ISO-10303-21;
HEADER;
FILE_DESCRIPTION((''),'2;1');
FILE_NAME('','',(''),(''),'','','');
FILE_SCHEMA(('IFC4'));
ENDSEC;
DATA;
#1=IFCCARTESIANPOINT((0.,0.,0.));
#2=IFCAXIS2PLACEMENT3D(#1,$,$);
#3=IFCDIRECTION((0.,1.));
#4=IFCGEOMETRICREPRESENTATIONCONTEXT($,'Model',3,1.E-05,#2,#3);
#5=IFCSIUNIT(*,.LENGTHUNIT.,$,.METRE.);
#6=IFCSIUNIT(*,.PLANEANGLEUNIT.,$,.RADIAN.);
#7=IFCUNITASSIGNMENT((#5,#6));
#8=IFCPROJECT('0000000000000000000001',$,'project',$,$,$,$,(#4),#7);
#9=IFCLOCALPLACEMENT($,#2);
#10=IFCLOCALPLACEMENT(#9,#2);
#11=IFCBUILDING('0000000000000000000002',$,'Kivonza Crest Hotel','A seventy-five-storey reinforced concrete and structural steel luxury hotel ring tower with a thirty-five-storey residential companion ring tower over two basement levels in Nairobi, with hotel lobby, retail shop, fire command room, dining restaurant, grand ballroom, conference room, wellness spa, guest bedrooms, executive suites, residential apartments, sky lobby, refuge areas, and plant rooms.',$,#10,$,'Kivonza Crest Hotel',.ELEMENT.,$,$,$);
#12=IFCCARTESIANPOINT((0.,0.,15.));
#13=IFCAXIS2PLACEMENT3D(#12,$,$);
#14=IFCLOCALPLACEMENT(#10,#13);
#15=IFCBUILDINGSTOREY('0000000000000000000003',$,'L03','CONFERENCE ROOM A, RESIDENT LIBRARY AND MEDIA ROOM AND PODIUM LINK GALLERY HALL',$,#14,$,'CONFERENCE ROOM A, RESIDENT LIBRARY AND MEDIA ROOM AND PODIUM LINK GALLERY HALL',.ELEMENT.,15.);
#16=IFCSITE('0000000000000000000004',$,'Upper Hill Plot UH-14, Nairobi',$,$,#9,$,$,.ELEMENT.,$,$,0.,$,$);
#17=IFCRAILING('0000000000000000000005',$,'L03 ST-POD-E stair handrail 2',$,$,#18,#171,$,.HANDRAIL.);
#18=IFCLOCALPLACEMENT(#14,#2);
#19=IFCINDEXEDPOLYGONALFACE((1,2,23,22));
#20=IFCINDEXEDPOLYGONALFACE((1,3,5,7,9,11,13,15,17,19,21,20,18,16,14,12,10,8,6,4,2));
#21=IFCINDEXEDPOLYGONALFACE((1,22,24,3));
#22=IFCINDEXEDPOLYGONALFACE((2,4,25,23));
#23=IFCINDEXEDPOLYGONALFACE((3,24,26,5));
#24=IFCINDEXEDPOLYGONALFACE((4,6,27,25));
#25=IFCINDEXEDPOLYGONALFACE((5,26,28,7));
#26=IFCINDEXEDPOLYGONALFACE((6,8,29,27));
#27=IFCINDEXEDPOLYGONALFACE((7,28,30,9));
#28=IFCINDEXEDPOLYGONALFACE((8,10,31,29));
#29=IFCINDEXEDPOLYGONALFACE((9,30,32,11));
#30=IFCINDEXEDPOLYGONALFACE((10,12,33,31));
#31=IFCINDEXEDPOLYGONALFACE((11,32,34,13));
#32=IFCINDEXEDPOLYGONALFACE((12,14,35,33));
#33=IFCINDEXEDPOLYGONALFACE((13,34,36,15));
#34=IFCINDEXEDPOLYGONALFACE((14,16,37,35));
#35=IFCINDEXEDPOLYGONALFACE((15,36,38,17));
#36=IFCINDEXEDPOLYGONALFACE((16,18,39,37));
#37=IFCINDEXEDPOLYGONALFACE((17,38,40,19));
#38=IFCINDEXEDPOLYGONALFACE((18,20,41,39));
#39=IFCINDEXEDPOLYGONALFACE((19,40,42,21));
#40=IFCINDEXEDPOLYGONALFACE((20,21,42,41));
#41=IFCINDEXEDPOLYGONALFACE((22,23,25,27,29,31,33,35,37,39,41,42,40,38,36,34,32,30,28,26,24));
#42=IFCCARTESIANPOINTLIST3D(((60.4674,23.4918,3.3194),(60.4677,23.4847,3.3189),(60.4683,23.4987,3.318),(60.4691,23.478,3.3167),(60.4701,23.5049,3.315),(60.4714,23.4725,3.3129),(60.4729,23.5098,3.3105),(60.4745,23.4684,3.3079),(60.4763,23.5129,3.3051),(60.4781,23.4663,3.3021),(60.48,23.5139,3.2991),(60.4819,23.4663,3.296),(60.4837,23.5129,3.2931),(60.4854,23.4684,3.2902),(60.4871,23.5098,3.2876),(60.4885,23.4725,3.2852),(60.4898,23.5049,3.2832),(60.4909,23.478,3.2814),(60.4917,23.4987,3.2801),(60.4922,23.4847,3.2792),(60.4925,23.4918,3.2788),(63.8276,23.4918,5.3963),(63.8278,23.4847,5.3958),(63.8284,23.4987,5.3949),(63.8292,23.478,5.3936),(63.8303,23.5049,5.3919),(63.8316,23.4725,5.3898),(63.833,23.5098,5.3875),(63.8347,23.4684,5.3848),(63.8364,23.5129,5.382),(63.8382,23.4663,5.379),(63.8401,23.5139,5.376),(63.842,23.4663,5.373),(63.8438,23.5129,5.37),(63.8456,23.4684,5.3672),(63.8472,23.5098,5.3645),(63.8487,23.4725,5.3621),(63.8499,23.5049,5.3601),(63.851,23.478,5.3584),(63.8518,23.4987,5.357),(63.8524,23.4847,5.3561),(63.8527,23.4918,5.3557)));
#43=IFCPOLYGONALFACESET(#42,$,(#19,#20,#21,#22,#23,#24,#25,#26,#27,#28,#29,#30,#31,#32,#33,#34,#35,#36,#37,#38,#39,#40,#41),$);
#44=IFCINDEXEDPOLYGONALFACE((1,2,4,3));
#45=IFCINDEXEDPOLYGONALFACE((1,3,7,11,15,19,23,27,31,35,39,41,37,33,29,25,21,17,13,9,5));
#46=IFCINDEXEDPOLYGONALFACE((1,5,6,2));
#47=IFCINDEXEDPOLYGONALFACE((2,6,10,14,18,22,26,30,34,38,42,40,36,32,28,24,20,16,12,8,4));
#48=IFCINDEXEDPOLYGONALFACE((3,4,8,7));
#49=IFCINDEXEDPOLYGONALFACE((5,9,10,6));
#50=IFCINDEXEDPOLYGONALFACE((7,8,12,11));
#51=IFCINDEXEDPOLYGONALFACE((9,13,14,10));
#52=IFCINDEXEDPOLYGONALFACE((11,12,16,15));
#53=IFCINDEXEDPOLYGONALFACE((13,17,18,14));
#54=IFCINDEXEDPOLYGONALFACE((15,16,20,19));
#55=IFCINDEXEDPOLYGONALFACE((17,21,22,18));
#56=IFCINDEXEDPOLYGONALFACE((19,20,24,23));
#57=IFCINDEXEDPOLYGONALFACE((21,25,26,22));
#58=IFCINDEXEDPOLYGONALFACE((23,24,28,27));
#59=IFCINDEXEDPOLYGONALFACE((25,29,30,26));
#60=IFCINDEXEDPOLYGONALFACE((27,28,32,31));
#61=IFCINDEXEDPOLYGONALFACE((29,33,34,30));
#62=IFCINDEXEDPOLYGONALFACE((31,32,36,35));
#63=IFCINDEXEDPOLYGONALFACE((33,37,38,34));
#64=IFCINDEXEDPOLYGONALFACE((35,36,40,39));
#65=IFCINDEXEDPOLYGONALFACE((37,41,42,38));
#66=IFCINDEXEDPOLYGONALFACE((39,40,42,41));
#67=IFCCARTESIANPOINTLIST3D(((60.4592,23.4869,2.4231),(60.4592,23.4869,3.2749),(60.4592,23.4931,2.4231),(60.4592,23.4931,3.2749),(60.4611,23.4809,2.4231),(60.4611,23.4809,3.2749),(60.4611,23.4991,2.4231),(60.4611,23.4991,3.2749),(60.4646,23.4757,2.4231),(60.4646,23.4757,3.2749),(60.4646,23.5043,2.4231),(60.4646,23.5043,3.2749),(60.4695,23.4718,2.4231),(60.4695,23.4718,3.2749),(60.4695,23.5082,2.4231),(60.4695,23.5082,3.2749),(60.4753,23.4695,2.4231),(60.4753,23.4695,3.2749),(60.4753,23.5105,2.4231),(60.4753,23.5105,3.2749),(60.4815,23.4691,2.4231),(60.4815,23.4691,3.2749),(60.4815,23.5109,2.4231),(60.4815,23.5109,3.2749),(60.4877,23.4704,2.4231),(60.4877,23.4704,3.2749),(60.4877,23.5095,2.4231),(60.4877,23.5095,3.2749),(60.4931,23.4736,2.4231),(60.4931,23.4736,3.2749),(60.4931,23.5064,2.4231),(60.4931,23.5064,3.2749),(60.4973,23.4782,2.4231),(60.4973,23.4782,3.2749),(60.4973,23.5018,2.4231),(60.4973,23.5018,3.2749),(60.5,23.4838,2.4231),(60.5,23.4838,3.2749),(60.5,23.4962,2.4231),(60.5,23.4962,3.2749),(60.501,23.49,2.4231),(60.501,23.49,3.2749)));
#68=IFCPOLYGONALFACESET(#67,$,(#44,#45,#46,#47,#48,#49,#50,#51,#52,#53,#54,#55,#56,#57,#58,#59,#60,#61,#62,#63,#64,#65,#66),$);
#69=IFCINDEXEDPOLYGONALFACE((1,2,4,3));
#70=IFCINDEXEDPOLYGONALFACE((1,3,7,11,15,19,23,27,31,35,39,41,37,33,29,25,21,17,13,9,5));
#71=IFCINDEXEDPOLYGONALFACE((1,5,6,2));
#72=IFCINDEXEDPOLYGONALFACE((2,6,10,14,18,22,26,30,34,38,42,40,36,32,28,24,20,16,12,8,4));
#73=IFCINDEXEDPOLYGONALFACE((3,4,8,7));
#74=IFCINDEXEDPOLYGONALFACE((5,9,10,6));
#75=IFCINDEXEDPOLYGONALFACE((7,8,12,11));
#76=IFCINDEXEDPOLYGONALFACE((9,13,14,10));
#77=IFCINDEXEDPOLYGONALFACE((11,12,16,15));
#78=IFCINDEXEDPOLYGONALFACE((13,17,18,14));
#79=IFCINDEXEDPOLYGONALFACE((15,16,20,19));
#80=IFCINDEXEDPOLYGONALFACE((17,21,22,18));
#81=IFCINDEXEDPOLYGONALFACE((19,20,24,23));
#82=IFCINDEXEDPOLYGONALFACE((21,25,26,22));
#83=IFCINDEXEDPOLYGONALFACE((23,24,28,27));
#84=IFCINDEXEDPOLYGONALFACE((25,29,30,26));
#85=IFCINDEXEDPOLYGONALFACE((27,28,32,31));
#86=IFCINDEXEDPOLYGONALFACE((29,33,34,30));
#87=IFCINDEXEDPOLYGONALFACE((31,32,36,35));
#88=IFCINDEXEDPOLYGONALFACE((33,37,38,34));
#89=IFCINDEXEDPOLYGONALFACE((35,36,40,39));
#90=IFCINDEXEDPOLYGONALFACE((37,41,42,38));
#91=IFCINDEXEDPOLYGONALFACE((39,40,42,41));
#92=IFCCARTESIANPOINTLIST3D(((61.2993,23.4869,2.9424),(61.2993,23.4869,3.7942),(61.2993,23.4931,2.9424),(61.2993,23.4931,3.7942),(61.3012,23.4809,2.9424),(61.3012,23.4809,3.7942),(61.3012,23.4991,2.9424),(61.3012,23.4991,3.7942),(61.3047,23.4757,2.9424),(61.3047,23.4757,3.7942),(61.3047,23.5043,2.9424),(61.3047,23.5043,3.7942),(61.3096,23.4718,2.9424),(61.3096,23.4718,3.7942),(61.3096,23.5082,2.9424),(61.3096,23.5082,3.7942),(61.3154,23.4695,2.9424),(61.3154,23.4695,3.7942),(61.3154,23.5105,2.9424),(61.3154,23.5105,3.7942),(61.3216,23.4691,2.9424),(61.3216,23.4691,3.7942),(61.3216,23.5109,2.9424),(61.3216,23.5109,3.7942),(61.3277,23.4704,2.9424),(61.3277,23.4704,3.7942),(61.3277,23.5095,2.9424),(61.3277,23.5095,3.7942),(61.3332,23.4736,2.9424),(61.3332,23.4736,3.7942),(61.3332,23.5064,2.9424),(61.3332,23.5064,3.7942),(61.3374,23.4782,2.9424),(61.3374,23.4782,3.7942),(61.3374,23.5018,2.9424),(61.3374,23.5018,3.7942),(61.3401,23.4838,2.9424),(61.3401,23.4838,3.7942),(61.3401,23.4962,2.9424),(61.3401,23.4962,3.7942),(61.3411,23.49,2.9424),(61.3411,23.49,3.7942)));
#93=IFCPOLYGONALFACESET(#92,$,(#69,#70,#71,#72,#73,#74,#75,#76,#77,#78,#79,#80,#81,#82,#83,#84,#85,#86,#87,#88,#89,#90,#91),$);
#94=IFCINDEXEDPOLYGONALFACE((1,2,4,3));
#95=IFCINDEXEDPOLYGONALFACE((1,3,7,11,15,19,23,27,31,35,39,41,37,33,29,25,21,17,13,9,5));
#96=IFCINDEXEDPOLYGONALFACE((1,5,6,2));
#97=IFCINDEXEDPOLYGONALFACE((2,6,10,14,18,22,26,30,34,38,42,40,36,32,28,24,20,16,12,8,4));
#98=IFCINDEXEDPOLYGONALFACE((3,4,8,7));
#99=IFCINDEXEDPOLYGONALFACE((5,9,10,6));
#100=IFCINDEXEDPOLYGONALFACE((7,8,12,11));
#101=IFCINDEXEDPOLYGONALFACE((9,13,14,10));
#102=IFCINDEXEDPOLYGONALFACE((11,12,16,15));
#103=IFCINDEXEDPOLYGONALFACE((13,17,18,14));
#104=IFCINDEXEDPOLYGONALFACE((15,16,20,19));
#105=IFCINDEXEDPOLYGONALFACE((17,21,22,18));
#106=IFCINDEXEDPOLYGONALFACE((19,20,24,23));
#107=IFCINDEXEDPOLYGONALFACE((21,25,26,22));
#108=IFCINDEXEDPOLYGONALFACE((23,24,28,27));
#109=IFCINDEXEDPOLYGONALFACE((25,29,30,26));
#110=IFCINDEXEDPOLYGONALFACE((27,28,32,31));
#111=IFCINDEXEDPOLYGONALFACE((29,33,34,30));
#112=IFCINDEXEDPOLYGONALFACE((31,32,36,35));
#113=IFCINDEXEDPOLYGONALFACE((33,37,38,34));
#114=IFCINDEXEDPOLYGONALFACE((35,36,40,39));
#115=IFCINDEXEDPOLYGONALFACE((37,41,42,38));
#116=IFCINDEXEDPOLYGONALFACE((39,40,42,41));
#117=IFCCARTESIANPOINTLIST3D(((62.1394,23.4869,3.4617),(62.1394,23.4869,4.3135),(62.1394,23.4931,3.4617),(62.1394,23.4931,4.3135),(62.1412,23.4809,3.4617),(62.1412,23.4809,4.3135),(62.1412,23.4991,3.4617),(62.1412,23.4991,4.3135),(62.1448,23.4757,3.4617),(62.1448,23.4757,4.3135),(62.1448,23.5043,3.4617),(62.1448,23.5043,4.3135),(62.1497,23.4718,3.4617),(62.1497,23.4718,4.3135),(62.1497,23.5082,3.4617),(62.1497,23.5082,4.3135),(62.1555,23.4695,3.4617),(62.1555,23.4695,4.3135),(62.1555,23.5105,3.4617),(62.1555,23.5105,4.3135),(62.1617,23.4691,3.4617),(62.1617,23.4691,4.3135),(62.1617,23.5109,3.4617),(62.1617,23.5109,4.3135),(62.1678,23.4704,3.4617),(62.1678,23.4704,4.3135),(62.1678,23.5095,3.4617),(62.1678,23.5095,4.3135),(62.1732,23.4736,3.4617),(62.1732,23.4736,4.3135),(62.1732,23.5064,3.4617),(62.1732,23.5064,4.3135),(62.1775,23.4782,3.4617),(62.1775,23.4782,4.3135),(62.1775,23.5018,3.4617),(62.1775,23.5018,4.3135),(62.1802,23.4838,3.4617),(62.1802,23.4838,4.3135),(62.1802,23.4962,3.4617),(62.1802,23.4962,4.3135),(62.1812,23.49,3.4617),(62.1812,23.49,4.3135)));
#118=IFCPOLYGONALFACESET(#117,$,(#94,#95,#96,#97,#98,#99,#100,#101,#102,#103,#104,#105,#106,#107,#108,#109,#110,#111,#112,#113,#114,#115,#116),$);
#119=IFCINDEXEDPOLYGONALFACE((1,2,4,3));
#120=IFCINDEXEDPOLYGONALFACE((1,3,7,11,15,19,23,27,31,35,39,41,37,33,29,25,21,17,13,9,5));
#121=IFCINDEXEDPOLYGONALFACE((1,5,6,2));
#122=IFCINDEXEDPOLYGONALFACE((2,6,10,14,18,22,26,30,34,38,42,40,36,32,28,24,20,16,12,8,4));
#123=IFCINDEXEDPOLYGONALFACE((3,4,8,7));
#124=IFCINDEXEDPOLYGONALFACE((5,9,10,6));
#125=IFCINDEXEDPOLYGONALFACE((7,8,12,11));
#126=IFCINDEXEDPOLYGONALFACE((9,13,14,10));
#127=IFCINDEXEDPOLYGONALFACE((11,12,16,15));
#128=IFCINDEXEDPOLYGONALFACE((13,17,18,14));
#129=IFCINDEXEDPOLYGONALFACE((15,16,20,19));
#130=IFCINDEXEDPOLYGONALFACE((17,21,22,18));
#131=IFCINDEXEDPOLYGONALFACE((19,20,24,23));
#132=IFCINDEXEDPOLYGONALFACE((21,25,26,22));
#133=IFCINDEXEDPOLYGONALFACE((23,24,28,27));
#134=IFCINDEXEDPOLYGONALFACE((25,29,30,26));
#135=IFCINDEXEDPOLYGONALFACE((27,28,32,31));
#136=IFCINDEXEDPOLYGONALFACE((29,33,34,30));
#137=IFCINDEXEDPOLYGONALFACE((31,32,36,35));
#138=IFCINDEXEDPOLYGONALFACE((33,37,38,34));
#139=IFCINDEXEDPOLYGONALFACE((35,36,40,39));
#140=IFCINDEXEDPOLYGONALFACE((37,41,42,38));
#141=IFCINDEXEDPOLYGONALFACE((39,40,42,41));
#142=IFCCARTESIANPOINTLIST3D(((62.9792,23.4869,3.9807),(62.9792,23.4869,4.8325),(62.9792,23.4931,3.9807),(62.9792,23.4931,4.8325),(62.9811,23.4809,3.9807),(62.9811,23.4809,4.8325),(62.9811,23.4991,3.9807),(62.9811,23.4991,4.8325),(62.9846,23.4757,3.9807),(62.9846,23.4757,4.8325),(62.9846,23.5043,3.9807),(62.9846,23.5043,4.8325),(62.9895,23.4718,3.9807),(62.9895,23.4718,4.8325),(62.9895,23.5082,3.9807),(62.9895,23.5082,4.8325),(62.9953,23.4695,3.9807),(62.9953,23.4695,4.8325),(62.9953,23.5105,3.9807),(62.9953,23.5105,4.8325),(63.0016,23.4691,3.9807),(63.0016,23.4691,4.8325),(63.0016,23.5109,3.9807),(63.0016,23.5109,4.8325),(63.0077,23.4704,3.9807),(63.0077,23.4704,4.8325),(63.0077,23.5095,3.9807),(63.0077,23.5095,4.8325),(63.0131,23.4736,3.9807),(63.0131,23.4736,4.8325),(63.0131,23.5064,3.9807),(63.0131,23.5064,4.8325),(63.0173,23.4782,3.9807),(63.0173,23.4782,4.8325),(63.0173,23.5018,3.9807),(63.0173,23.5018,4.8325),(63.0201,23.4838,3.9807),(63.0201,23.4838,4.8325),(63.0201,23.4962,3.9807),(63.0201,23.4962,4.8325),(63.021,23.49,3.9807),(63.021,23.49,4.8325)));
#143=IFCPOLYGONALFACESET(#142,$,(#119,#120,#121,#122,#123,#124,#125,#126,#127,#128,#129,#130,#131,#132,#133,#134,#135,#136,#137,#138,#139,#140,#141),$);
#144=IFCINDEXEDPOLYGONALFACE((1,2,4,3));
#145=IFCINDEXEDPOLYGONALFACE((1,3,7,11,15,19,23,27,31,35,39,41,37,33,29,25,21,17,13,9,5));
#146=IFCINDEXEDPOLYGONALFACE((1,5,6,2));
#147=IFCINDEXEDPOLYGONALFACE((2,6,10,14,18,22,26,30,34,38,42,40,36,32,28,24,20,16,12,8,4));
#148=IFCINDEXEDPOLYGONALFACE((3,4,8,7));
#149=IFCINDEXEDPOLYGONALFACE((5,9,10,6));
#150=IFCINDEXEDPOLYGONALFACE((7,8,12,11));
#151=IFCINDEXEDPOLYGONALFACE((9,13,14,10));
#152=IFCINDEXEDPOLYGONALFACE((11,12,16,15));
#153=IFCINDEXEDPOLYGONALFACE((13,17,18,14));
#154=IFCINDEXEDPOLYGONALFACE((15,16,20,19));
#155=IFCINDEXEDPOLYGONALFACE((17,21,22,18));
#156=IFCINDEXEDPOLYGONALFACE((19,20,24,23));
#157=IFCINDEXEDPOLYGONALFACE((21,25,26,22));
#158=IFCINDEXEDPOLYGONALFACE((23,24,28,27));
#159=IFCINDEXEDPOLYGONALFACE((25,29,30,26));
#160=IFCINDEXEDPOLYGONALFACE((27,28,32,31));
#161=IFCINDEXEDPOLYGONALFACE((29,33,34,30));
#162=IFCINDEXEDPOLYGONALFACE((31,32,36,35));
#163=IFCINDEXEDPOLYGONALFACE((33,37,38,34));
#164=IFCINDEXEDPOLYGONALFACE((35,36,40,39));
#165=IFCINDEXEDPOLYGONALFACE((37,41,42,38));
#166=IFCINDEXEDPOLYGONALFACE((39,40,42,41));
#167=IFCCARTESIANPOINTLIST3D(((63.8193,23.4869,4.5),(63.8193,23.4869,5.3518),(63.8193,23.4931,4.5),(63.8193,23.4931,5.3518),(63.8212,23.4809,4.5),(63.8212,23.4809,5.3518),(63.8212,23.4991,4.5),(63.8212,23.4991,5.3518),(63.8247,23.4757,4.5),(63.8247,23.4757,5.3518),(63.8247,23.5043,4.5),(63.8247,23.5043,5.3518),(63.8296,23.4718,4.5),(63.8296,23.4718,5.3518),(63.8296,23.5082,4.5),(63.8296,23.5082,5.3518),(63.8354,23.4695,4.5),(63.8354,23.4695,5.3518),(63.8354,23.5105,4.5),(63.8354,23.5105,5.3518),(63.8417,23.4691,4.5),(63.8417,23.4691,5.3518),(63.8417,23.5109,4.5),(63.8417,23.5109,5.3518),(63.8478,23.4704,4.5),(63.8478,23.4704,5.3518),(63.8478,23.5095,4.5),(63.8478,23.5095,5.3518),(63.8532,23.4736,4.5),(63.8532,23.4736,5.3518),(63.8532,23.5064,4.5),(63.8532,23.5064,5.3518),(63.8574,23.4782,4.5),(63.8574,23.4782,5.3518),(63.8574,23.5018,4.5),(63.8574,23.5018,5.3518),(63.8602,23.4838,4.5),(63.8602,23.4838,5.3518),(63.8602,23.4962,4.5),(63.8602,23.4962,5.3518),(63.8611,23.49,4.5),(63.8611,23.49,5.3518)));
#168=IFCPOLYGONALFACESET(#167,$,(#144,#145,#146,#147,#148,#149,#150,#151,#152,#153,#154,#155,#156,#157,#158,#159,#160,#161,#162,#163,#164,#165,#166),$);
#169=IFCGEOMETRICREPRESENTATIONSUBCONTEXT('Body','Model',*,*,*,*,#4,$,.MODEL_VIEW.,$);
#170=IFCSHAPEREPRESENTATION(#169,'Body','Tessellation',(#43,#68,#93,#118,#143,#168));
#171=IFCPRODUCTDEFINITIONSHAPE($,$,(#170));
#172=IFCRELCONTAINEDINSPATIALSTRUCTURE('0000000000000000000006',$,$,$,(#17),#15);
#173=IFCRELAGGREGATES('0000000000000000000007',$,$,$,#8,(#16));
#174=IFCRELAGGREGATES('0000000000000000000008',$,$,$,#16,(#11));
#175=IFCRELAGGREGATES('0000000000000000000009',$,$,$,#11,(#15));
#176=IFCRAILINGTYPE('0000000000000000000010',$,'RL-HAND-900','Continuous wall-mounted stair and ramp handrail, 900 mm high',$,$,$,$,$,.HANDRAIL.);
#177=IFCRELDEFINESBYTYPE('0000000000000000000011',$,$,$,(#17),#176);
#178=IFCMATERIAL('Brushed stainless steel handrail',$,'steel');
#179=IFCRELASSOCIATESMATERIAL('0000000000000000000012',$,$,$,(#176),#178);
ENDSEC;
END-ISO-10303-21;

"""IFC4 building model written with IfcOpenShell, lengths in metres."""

from ifc_helpers import new_model, si_unit, direction, frame, origin, origin_2d, place, context, subcontext, project, spatial, circle, extrude, material, type_object, element, save


model = new_model("IFC4")

# Units and contexts
model_context = context("Model", 3, precision=1e-05, world=origin(), true_north=direction((0.0, 1.0)))
body_context = subcontext(model_context, "Body", "Model", "MODEL_VIEW")
ifc_project = project(units=[si_unit("LENGTHUNIT", "METRE"), si_unit("PLANEANGLEUNIT", "RADIAN")], contexts=[model_context])

# Site, building, storey
site_placement = place(None, origin())
site = spatial("IfcSite", under=ifc_project, at=site_placement, Name="Upper Hill Plot UH-14, Nairobi", CompositionType="ELEMENT", RefElevation=0.0)
building_placement = place(site_placement, origin())
building = spatial("IfcBuilding", under=site, at=building_placement, Name="Kivonza Crest Hotel", Description="A seventy-five-storey reinforced concrete and structural steel luxury hotel ring tower with a thirty-five-storey residential companion ring tower over two basement levels in Nairobi, with hotel lobby, retail shop, fire command room, dining restaurant, grand ballroom, conference room, wellness spa, guest bedrooms, executive suites, residential apartments, sky lobby, refuge areas, and plant rooms.", LongName="Kivonza Crest Hotel", CompositionType="ELEMENT")
storey_placement = place(building_placement, frame((0.0, 0.0, 15.0)))
storey = spatial("IfcBuildingStorey", under=building, at=storey_placement, Name="L03", Description="CONFERENCE ROOM A, RESIDENT LIBRARY AND MEDIA ROOM AND PODIUM LINK GALLERY HALL", LongName="CONFERENCE ROOM A, RESIDENT LIBRARY AND MEDIA ROOM AND PODIUM LINK GALLERY HALL", CompositionType="ELEMENT", Elevation=15.0)

# Railing
ifc_material_1 = material(Name="Brushed stainless steel handrail", Category="steel")
railing_type_1 = type_object("IfcRailingType", Name="RL-HAND-900", Description="Continuous wall-mounted stair and ramp handrail, 900 mm high", PredefinedType="HANDRAIL", material=ifc_material_1)
railing_1_placement = place(storey_placement, frame((60.48, 23.49, 2.4231)))
element("IfcRailing", 1, at=railing_1_placement, inside=storey, type_object=railing_type_1, Name="L03 ST-POD-E stair handrail 2", PredefinedType="HANDRAIL", context=body_context, shape_type="SweptSolid", body=[
    extrude(circle(Radius=0.0239, at=origin_2d()), frame((0.0, 0.0, 0.876), z_axis=(0.850623, 0.0, 0.525776), x_axis=(0.0, 1.0, 0.0)), (0.0, 0.0, 1.0), 3.9502),
    extrude(circle(Radius=0.021, at=origin_2d()), origin(), (0.0, 0.0, 1.0), 0.8518),
    extrude(circle(Radius=0.021, at=origin_2d()), frame((0.8401, 0.0, 0.5193)), (0.0, 0.0, 1.0), 0.8518),
    extrude(circle(Radius=0.021, at=origin_2d()), frame((1.6802, 0.0, 1.0386)), (0.0, 0.0, 1.0), 0.8518),
    extrude(circle(Radius=0.021, at=origin_2d()), frame((2.52, 0.0, 1.5576)), (0.0, 0.0, 1.0), 0.8518),
    extrude(circle(Radius=0.021, at=origin_2d()), frame((3.3601, 0.0, 2.0769)), (0.0, 0.0, 1.0), 0.8518),
])

save(model, "model.ifc")
